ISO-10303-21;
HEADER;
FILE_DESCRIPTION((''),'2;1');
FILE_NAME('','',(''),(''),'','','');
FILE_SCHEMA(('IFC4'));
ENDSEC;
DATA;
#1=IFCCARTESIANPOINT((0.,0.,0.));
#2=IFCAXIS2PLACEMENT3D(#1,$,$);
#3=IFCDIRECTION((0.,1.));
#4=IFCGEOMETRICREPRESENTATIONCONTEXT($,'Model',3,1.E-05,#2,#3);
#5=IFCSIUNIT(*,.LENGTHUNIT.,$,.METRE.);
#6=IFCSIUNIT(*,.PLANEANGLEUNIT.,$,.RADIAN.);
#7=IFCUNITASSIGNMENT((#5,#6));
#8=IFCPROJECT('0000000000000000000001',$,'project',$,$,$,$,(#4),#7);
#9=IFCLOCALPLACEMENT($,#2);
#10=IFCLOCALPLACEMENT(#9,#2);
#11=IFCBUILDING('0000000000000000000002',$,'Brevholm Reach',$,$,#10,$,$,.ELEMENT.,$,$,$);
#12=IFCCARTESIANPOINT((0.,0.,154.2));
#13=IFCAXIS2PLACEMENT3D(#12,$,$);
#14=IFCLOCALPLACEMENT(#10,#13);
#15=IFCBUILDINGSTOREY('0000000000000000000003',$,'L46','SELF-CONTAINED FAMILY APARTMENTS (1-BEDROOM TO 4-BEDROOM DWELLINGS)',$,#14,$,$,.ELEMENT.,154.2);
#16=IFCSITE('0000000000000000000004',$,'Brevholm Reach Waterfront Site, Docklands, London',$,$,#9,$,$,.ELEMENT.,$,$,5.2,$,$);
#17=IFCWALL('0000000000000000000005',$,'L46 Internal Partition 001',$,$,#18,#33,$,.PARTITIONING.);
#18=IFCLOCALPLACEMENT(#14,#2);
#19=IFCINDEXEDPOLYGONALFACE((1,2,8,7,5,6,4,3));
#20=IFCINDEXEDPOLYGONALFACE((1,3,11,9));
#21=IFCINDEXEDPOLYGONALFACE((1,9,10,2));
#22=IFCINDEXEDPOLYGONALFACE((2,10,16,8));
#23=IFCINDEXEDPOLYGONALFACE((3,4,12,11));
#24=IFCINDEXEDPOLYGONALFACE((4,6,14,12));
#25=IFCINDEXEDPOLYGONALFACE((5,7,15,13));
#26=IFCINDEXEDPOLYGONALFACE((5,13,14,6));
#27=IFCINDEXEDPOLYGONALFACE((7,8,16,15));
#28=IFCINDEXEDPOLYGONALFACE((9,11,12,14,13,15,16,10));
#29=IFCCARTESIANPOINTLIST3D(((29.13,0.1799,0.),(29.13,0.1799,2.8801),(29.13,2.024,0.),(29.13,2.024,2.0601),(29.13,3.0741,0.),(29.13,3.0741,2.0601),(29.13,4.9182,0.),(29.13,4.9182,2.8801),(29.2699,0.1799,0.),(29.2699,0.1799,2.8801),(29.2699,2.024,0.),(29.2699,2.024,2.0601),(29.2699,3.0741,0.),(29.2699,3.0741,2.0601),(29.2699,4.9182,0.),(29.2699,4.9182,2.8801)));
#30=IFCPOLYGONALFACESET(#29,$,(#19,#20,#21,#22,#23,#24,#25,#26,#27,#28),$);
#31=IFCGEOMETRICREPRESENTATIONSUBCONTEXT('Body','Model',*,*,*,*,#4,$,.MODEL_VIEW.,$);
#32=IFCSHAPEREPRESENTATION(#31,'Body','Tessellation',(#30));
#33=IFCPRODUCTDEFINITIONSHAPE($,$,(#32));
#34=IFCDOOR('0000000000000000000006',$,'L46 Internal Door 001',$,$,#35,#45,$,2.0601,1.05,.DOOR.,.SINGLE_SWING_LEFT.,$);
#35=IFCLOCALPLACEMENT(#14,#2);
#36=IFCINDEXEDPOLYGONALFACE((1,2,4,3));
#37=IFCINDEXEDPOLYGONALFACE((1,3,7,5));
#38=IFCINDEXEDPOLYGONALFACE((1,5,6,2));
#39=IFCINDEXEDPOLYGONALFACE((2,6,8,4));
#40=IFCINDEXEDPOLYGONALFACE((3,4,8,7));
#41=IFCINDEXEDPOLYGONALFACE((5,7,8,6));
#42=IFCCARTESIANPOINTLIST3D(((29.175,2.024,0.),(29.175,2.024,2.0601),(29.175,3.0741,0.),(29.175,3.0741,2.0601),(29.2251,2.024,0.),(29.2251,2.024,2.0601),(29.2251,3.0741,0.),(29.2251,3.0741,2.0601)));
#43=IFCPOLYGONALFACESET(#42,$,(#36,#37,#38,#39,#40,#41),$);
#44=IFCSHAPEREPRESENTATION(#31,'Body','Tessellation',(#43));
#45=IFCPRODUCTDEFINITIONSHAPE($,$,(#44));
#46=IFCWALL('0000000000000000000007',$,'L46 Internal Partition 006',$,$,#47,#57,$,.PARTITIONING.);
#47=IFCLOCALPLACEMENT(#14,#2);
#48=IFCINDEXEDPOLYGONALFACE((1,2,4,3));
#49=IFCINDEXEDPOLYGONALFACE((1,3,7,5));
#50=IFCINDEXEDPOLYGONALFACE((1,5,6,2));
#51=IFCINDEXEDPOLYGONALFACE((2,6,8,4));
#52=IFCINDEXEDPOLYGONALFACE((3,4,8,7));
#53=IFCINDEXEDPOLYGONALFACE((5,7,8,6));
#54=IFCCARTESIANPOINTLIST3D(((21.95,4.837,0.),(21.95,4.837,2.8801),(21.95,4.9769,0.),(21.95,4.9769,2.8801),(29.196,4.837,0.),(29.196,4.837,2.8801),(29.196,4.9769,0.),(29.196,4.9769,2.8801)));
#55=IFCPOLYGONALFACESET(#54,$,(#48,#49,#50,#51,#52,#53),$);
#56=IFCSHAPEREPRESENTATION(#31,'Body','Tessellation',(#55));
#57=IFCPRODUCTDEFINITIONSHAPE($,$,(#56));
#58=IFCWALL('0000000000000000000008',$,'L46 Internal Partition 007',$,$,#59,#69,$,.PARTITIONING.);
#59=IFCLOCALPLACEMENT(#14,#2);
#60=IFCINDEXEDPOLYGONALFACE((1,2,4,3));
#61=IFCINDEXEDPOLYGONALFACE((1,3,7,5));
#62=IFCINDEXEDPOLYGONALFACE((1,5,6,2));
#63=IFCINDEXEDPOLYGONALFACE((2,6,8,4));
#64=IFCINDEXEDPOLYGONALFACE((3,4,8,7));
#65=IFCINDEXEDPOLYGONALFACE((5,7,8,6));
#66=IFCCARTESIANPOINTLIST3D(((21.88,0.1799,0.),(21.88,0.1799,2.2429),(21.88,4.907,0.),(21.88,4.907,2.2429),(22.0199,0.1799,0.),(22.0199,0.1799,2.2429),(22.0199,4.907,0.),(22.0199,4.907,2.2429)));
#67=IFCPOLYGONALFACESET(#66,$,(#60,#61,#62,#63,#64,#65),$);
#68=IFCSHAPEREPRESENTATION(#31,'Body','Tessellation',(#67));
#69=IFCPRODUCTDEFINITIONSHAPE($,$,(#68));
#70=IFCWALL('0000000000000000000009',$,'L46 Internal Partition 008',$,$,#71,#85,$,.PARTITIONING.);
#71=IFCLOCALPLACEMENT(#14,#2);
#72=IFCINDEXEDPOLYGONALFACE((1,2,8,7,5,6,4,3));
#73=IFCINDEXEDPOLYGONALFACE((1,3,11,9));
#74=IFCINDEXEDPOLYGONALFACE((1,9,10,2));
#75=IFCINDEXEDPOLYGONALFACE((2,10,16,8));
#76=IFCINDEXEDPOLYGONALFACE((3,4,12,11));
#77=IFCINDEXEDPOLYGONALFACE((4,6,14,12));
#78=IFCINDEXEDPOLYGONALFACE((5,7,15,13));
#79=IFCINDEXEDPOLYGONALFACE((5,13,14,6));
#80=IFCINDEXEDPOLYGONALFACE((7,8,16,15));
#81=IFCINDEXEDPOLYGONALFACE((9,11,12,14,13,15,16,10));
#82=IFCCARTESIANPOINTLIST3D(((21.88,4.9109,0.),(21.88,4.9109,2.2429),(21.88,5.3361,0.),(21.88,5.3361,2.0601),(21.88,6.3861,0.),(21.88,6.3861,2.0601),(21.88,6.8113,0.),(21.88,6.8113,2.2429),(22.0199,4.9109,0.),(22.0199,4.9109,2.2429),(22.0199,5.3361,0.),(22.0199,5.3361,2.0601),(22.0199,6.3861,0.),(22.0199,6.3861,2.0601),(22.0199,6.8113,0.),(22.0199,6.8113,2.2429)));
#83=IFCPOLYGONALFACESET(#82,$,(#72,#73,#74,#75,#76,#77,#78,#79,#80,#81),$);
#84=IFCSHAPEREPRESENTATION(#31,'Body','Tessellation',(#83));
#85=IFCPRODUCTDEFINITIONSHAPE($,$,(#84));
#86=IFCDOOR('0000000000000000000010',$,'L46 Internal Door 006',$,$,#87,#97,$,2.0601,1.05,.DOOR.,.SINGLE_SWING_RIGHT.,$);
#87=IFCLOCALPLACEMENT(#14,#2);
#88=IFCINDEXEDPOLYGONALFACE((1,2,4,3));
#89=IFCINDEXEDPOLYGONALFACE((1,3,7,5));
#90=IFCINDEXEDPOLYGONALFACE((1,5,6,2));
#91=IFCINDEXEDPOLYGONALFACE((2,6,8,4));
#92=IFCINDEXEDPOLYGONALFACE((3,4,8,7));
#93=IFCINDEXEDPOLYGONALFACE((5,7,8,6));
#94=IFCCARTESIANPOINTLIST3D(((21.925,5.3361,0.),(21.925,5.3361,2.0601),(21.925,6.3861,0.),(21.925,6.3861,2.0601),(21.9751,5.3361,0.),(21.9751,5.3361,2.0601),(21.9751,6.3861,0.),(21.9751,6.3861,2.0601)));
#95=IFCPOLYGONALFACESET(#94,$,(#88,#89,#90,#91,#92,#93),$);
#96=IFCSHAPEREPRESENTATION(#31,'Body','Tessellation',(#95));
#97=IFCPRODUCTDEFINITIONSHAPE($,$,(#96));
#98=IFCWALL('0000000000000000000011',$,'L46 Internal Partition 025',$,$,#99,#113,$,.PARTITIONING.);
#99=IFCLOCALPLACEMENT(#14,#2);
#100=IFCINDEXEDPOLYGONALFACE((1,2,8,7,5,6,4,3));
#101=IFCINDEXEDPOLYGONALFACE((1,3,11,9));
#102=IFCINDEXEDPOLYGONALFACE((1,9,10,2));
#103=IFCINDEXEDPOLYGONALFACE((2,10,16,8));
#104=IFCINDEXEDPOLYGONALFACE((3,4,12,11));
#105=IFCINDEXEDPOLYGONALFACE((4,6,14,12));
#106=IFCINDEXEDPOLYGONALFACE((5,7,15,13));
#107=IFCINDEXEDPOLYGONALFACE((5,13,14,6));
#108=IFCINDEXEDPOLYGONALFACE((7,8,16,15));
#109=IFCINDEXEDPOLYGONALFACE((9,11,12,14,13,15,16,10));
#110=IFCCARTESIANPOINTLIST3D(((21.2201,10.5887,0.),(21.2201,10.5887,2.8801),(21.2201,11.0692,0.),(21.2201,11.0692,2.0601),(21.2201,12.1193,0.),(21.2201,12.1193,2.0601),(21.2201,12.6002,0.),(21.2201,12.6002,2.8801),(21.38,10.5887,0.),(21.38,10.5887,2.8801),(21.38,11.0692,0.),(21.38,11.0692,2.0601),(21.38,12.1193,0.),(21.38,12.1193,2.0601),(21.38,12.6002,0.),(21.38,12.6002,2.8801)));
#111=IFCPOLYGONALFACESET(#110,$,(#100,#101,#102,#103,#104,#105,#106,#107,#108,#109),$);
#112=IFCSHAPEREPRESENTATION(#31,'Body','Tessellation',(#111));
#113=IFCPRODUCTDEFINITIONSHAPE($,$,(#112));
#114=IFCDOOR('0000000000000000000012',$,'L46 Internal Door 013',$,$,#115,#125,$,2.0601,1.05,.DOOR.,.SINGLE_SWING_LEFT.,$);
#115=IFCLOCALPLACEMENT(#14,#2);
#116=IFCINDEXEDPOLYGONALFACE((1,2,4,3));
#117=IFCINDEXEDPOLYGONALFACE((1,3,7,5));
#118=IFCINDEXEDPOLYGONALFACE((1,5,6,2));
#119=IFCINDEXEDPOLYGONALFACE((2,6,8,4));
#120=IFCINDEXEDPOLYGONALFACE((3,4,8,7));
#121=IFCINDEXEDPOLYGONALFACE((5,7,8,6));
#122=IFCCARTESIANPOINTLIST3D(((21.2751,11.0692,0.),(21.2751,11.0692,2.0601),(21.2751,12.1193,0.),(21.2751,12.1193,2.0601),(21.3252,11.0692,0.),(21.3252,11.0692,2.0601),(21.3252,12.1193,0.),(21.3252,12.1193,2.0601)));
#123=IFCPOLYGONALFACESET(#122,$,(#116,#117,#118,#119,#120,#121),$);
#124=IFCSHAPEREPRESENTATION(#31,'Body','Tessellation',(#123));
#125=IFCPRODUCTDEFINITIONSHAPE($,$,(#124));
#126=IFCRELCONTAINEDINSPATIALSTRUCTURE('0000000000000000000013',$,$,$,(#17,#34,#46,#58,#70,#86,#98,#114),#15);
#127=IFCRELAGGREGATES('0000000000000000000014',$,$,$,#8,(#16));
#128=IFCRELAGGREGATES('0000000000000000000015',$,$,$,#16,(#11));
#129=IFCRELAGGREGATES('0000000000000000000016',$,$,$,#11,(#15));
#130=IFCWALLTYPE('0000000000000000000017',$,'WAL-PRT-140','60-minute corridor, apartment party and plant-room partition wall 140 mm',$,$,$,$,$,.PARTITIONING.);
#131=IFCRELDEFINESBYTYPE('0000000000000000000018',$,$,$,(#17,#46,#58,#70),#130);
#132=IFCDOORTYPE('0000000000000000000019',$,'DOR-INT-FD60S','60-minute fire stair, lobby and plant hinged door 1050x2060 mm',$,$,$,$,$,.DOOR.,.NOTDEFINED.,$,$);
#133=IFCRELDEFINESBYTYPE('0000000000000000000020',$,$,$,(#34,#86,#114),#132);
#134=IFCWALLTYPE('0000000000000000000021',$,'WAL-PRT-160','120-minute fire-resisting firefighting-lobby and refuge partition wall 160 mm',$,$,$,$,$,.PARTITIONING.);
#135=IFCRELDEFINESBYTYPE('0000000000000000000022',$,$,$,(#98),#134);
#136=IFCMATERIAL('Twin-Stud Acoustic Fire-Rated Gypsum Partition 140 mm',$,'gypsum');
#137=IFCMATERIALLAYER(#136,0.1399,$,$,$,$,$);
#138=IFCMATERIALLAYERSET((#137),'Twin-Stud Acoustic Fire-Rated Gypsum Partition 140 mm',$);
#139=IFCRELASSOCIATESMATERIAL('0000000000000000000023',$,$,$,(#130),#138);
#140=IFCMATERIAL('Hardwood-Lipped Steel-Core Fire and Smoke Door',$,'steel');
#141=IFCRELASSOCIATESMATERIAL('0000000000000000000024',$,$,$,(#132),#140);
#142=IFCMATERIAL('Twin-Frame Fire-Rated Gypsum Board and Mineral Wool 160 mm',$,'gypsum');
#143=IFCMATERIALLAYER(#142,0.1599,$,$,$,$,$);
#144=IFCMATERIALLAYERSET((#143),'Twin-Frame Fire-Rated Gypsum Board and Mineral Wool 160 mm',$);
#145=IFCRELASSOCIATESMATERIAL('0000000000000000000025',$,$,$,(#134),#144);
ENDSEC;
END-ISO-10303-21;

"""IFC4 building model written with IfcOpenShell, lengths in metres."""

from ifc_helpers import new_model, si_unit, direction, frame, frame_2d, origin, place, context, subcontext, project, spatial, rectangle, extrude, material, layer, layer_set, type_object, element, fill, save


model = new_model("IFC4")

# Units and contexts
model_context = context("Model", 3, precision=1e-05, world=origin(), true_north=direction((0.0, 1.0)))
body_context = subcontext(model_context, "Body", "Model", "MODEL_VIEW")
ifc_project = project(units=[si_unit("LENGTHUNIT", "METRE"), si_unit("PLANEANGLEUNIT", "RADIAN")], contexts=[model_context])

# Site, building, storey
site_placement = place(None, origin())
site = spatial("IfcSite", under=ifc_project, at=site_placement, Name="Brevholm Reach Waterfront Site, Docklands, London", CompositionType="ELEMENT", RefElevation=5.2)
building_placement = place(site_placement, origin())
building = spatial("IfcBuilding", under=site, at=building_placement, Name="Brevholm Reach", CompositionType="ELEMENT")
storey_placement = place(building_placement, frame((0.0, 0.0, 154.2)))
storey = spatial("IfcBuildingStorey", under=building, at=storey_placement, Name="L46", Description="SELF-CONTAINED FAMILY APARTMENTS (1-BEDROOM TO 4-BEDROOM DWELLINGS)", CompositionType="ELEMENT", Elevation=154.2)

# Wall, opening, door
ifc_material_1 = material(Name="Twin-Stud Acoustic Fire-Rated Gypsum Partition 140 mm", Category="gypsum")
ifc_layer_1 = layer(ifc_material_1, 0.1399)
ifc_layer_set_1 = layer_set([ifc_layer_1], Name="Twin-Stud Acoustic Fire-Rated Gypsum Partition 140 mm")
wall_type_1 = type_object("IfcWallType", Name="WAL-PRT-140", Description="60-minute corridor, apartment party and plant-room partition wall 140 mm", PredefinedType="PARTITIONING", material=ifc_layer_set_1)
wall_1_placement = place(storey_placement, frame((29.2, 0.1799, 0.0), z_axis=(0.0, 0.0, 1.0), x_axis=(0.0, 1.0, 0.0)))
wall_1 = element("IfcWall", 1, at=wall_1_placement, inside=storey, type_object=wall_type_1, Name="L46 Internal Partition 001", PredefinedType="PARTITIONING", context=body_context, shape_type="SweptSolid", body=[
    extrude(rectangle(XDim=4.7383, YDim=0.1399, at=frame_2d((2.3691, 0.0))), origin(), (0.0, 0.0, 1.0), 2.8801),
])
opening_1_placement = place(wall_1_placement, frame((1.8442, 0.0, 0.0)))
opening_1 = element("IfcOpeningElement", 2, at=opening_1_placement, cuts=wall_1, PredefinedType="OPENING", context=body_context, shape_type="SweptSolid", body=[
    extrude(rectangle(XDim=1.05, YDim=2.0601, at=frame_2d((0.5249, 1.03))), frame((0.0, 0.0798, 0.0), z_axis=(0.0, -1.0, 0.0), x_axis=(1.0, 0.0, 0.0)), (0.0, 0.0, 1.0), 0.1599),
])
ifc_material_2 = material(Name="Hardwood-Lipped Steel-Core Fire and Smoke Door", Category="steel")
door_type_1 = type_object("IfcDoorType", Name="DOR-INT-FD60S", Description="60-minute fire stair, lobby and plant hinged door 1050x2060 mm", OperationType="NOTDEFINED", PredefinedType="DOOR", material=ifc_material_2)
door_1_placement = place(opening_1_placement, origin())
door_1 = element("IfcDoor", 3, at=door_1_placement, inside=storey, type_object=door_type_1, Name="L46 Internal Door 001", OperationType="SINGLE_SWING_LEFT", OverallHeight=2.0601, OverallWidth=1.05, PredefinedType="DOOR", context=body_context, shape_type="SweptSolid", body=[
    extrude(rectangle(XDim=1.05, YDim=2.0601, at=frame_2d((0.5249, 1.03))), frame((0.0, 0.0249, 0.0), z_axis=(0.0, -1.0, 0.0), x_axis=(1.0, 0.0, 0.0)), (0.0, 0.0, 1.0), 0.05),
])
fill(opening_1, door_1)

# Walls
wall_2_placement = place(storey_placement, frame((21.95, 4.907, 0.0), z_axis=(0.0, 0.0, 1.0), x_axis=(1.0, 0.0, 0.0)))
element("IfcWall", 4, at=wall_2_placement, inside=storey, type_object=wall_type_1, Name="L46 Internal Partition 006", PredefinedType="PARTITIONING", context=body_context, shape_type="SweptSolid", body=[
    extrude(rectangle(XDim=7.2461, YDim=0.1399, at=frame_2d((3.623, 0.0))), origin(), (0.0, 0.0, 1.0), 2.8801),
])
wall_3_placement = place(storey_placement, frame((21.95, 0.1799, 0.0), z_axis=(0.0, 0.0, 1.0), x_axis=(0.0, 1.0, 0.0)))
element("IfcWall", 5, at=wall_3_placement, inside=storey, type_object=wall_type_1, Name="L46 Internal Partition 007", PredefinedType="PARTITIONING", context=body_context, shape_type="SweptSolid", body=[
    extrude(rectangle(XDim=4.7271, YDim=0.1399, at=frame_2d((2.3635, 0.0))), origin(), (0.0, 0.0, 1.0), 2.2429),
])

# Walls, openings, doors
wall_4_placement = place(storey_placement, frame((21.95, 4.9109, 0.0), z_axis=(0.0, 0.0, 1.0), x_axis=(0.0, 1.0, 0.0)))
wall_4 = element("IfcWall", 6, at=wall_4_placement, inside=storey, type_object=wall_type_1, Name="L46 Internal Partition 008", PredefinedType="PARTITIONING", context=body_context, shape_type="SweptSolid", body=[
    extrude(rectangle(XDim=1.9004, YDim=0.1399, at=frame_2d((0.9502, 0.0))), origin(), (0.0, 0.0, 1.0), 2.2429),
])
opening_2_placement = place(wall_4_placement, frame((0.4253, 0.0, 0.0)))
opening_2 = element("IfcOpeningElement", 7, at=opening_2_placement, cuts=wall_4, PredefinedType="OPENING", context=body_context, shape_type="SweptSolid", body=[
    extrude(rectangle(XDim=1.05, YDim=2.0601, at=frame_2d((0.5249, 1.03))), frame((0.0, 0.0798, 0.0), z_axis=(0.0, -1.0, 0.0), x_axis=(1.0, 0.0, 0.0)), (0.0, 0.0, 1.0), 0.1599),
])
door_2_placement = place(opening_2_placement, origin())
door_2 = element("IfcDoor", 8, at=door_2_placement, inside=storey, type_object=door_type_1, Name="L46 Internal Door 006", OperationType="SINGLE_SWING_RIGHT", OverallHeight=2.0601, OverallWidth=1.05, PredefinedType="DOOR", context=body_context, shape_type="SweptSolid", body=[
    extrude(rectangle(XDim=1.05, YDim=2.0601, at=frame_2d((0.5249, 1.03))), frame((0.0, 0.0249, 0.0), z_axis=(0.0, -1.0, 0.0), x_axis=(1.0, 0.0, 0.0)), (0.0, 0.0, 1.0), 0.05),
])
fill(opening_2, door_2)
ifc_material_3 = material(Name="Twin-Frame Fire-Rated Gypsum Board and Mineral Wool 160 mm", Category="gypsum")
ifc_layer_2 = layer(ifc_material_3, 0.1599)
ifc_layer_set_2 = layer_set([ifc_layer_2], Name="Twin-Frame Fire-Rated Gypsum Board and Mineral Wool 160 mm")
wall_type_2 = type_object("IfcWallType", Name="WAL-PRT-160", Description="120-minute fire-resisting firefighting-lobby and refuge partition wall 160 mm", PredefinedType="PARTITIONING", material=ifc_layer_set_2)
wall_5_placement = place(storey_placement, frame((21.3, 10.5886, 0.0), z_axis=(0.0, 0.0, 1.0), x_axis=(0.0, 1.0, 0.0)))
wall_5 = element("IfcWall", 9, at=wall_5_placement, inside=storey, type_object=wall_type_2, Name="L46 Internal Partition 025", PredefinedType="PARTITIONING", context=body_context, shape_type="SweptSolid", body=[
    extrude(rectangle(XDim=2.0115, YDim=0.1599, at=frame_2d((1.0059, 0.0))), origin(), (0.0, 0.0, 1.0), 2.8801),
])
opening_3_placement = place(wall_5_placement, frame((0.4807, 0.0, 0.0)))
opening_3 = element("IfcOpeningElement", 10, at=opening_3_placement, cuts=wall_5, PredefinedType="OPENING", context=body_context, shape_type="SweptSolid", body=[
    extrude(rectangle(XDim=1.05, YDim=2.0601, at=frame_2d((0.5249, 1.03))), frame((0.0, 0.0898, 0.0), z_axis=(0.0, -1.0, 0.0), x_axis=(1.0, 0.0, 0.0)), (0.0, 0.0, 1.0), 0.1799),
])
door_3_placement = place(opening_3_placement, origin())
door_3 = element("IfcDoor", 11, at=door_3_placement, inside=storey, type_object=door_type_1, Name="L46 Internal Door 013", OperationType="SINGLE_SWING_LEFT", OverallHeight=2.0601, OverallWidth=1.05, PredefinedType="DOOR", context=body_context, shape_type="SweptSolid", body=[
    extrude(rectangle(XDim=1.05, YDim=2.0601, at=frame_2d((0.5249, 1.03))), frame((0.0, 0.0249, 0.0), z_axis=(0.0, -1.0, 0.0), x_axis=(1.0, 0.0, 0.0)), (0.0, 0.0, 1.0), 0.05),
])
fill(opening_3, door_3)

save(model, "model.ifc")
